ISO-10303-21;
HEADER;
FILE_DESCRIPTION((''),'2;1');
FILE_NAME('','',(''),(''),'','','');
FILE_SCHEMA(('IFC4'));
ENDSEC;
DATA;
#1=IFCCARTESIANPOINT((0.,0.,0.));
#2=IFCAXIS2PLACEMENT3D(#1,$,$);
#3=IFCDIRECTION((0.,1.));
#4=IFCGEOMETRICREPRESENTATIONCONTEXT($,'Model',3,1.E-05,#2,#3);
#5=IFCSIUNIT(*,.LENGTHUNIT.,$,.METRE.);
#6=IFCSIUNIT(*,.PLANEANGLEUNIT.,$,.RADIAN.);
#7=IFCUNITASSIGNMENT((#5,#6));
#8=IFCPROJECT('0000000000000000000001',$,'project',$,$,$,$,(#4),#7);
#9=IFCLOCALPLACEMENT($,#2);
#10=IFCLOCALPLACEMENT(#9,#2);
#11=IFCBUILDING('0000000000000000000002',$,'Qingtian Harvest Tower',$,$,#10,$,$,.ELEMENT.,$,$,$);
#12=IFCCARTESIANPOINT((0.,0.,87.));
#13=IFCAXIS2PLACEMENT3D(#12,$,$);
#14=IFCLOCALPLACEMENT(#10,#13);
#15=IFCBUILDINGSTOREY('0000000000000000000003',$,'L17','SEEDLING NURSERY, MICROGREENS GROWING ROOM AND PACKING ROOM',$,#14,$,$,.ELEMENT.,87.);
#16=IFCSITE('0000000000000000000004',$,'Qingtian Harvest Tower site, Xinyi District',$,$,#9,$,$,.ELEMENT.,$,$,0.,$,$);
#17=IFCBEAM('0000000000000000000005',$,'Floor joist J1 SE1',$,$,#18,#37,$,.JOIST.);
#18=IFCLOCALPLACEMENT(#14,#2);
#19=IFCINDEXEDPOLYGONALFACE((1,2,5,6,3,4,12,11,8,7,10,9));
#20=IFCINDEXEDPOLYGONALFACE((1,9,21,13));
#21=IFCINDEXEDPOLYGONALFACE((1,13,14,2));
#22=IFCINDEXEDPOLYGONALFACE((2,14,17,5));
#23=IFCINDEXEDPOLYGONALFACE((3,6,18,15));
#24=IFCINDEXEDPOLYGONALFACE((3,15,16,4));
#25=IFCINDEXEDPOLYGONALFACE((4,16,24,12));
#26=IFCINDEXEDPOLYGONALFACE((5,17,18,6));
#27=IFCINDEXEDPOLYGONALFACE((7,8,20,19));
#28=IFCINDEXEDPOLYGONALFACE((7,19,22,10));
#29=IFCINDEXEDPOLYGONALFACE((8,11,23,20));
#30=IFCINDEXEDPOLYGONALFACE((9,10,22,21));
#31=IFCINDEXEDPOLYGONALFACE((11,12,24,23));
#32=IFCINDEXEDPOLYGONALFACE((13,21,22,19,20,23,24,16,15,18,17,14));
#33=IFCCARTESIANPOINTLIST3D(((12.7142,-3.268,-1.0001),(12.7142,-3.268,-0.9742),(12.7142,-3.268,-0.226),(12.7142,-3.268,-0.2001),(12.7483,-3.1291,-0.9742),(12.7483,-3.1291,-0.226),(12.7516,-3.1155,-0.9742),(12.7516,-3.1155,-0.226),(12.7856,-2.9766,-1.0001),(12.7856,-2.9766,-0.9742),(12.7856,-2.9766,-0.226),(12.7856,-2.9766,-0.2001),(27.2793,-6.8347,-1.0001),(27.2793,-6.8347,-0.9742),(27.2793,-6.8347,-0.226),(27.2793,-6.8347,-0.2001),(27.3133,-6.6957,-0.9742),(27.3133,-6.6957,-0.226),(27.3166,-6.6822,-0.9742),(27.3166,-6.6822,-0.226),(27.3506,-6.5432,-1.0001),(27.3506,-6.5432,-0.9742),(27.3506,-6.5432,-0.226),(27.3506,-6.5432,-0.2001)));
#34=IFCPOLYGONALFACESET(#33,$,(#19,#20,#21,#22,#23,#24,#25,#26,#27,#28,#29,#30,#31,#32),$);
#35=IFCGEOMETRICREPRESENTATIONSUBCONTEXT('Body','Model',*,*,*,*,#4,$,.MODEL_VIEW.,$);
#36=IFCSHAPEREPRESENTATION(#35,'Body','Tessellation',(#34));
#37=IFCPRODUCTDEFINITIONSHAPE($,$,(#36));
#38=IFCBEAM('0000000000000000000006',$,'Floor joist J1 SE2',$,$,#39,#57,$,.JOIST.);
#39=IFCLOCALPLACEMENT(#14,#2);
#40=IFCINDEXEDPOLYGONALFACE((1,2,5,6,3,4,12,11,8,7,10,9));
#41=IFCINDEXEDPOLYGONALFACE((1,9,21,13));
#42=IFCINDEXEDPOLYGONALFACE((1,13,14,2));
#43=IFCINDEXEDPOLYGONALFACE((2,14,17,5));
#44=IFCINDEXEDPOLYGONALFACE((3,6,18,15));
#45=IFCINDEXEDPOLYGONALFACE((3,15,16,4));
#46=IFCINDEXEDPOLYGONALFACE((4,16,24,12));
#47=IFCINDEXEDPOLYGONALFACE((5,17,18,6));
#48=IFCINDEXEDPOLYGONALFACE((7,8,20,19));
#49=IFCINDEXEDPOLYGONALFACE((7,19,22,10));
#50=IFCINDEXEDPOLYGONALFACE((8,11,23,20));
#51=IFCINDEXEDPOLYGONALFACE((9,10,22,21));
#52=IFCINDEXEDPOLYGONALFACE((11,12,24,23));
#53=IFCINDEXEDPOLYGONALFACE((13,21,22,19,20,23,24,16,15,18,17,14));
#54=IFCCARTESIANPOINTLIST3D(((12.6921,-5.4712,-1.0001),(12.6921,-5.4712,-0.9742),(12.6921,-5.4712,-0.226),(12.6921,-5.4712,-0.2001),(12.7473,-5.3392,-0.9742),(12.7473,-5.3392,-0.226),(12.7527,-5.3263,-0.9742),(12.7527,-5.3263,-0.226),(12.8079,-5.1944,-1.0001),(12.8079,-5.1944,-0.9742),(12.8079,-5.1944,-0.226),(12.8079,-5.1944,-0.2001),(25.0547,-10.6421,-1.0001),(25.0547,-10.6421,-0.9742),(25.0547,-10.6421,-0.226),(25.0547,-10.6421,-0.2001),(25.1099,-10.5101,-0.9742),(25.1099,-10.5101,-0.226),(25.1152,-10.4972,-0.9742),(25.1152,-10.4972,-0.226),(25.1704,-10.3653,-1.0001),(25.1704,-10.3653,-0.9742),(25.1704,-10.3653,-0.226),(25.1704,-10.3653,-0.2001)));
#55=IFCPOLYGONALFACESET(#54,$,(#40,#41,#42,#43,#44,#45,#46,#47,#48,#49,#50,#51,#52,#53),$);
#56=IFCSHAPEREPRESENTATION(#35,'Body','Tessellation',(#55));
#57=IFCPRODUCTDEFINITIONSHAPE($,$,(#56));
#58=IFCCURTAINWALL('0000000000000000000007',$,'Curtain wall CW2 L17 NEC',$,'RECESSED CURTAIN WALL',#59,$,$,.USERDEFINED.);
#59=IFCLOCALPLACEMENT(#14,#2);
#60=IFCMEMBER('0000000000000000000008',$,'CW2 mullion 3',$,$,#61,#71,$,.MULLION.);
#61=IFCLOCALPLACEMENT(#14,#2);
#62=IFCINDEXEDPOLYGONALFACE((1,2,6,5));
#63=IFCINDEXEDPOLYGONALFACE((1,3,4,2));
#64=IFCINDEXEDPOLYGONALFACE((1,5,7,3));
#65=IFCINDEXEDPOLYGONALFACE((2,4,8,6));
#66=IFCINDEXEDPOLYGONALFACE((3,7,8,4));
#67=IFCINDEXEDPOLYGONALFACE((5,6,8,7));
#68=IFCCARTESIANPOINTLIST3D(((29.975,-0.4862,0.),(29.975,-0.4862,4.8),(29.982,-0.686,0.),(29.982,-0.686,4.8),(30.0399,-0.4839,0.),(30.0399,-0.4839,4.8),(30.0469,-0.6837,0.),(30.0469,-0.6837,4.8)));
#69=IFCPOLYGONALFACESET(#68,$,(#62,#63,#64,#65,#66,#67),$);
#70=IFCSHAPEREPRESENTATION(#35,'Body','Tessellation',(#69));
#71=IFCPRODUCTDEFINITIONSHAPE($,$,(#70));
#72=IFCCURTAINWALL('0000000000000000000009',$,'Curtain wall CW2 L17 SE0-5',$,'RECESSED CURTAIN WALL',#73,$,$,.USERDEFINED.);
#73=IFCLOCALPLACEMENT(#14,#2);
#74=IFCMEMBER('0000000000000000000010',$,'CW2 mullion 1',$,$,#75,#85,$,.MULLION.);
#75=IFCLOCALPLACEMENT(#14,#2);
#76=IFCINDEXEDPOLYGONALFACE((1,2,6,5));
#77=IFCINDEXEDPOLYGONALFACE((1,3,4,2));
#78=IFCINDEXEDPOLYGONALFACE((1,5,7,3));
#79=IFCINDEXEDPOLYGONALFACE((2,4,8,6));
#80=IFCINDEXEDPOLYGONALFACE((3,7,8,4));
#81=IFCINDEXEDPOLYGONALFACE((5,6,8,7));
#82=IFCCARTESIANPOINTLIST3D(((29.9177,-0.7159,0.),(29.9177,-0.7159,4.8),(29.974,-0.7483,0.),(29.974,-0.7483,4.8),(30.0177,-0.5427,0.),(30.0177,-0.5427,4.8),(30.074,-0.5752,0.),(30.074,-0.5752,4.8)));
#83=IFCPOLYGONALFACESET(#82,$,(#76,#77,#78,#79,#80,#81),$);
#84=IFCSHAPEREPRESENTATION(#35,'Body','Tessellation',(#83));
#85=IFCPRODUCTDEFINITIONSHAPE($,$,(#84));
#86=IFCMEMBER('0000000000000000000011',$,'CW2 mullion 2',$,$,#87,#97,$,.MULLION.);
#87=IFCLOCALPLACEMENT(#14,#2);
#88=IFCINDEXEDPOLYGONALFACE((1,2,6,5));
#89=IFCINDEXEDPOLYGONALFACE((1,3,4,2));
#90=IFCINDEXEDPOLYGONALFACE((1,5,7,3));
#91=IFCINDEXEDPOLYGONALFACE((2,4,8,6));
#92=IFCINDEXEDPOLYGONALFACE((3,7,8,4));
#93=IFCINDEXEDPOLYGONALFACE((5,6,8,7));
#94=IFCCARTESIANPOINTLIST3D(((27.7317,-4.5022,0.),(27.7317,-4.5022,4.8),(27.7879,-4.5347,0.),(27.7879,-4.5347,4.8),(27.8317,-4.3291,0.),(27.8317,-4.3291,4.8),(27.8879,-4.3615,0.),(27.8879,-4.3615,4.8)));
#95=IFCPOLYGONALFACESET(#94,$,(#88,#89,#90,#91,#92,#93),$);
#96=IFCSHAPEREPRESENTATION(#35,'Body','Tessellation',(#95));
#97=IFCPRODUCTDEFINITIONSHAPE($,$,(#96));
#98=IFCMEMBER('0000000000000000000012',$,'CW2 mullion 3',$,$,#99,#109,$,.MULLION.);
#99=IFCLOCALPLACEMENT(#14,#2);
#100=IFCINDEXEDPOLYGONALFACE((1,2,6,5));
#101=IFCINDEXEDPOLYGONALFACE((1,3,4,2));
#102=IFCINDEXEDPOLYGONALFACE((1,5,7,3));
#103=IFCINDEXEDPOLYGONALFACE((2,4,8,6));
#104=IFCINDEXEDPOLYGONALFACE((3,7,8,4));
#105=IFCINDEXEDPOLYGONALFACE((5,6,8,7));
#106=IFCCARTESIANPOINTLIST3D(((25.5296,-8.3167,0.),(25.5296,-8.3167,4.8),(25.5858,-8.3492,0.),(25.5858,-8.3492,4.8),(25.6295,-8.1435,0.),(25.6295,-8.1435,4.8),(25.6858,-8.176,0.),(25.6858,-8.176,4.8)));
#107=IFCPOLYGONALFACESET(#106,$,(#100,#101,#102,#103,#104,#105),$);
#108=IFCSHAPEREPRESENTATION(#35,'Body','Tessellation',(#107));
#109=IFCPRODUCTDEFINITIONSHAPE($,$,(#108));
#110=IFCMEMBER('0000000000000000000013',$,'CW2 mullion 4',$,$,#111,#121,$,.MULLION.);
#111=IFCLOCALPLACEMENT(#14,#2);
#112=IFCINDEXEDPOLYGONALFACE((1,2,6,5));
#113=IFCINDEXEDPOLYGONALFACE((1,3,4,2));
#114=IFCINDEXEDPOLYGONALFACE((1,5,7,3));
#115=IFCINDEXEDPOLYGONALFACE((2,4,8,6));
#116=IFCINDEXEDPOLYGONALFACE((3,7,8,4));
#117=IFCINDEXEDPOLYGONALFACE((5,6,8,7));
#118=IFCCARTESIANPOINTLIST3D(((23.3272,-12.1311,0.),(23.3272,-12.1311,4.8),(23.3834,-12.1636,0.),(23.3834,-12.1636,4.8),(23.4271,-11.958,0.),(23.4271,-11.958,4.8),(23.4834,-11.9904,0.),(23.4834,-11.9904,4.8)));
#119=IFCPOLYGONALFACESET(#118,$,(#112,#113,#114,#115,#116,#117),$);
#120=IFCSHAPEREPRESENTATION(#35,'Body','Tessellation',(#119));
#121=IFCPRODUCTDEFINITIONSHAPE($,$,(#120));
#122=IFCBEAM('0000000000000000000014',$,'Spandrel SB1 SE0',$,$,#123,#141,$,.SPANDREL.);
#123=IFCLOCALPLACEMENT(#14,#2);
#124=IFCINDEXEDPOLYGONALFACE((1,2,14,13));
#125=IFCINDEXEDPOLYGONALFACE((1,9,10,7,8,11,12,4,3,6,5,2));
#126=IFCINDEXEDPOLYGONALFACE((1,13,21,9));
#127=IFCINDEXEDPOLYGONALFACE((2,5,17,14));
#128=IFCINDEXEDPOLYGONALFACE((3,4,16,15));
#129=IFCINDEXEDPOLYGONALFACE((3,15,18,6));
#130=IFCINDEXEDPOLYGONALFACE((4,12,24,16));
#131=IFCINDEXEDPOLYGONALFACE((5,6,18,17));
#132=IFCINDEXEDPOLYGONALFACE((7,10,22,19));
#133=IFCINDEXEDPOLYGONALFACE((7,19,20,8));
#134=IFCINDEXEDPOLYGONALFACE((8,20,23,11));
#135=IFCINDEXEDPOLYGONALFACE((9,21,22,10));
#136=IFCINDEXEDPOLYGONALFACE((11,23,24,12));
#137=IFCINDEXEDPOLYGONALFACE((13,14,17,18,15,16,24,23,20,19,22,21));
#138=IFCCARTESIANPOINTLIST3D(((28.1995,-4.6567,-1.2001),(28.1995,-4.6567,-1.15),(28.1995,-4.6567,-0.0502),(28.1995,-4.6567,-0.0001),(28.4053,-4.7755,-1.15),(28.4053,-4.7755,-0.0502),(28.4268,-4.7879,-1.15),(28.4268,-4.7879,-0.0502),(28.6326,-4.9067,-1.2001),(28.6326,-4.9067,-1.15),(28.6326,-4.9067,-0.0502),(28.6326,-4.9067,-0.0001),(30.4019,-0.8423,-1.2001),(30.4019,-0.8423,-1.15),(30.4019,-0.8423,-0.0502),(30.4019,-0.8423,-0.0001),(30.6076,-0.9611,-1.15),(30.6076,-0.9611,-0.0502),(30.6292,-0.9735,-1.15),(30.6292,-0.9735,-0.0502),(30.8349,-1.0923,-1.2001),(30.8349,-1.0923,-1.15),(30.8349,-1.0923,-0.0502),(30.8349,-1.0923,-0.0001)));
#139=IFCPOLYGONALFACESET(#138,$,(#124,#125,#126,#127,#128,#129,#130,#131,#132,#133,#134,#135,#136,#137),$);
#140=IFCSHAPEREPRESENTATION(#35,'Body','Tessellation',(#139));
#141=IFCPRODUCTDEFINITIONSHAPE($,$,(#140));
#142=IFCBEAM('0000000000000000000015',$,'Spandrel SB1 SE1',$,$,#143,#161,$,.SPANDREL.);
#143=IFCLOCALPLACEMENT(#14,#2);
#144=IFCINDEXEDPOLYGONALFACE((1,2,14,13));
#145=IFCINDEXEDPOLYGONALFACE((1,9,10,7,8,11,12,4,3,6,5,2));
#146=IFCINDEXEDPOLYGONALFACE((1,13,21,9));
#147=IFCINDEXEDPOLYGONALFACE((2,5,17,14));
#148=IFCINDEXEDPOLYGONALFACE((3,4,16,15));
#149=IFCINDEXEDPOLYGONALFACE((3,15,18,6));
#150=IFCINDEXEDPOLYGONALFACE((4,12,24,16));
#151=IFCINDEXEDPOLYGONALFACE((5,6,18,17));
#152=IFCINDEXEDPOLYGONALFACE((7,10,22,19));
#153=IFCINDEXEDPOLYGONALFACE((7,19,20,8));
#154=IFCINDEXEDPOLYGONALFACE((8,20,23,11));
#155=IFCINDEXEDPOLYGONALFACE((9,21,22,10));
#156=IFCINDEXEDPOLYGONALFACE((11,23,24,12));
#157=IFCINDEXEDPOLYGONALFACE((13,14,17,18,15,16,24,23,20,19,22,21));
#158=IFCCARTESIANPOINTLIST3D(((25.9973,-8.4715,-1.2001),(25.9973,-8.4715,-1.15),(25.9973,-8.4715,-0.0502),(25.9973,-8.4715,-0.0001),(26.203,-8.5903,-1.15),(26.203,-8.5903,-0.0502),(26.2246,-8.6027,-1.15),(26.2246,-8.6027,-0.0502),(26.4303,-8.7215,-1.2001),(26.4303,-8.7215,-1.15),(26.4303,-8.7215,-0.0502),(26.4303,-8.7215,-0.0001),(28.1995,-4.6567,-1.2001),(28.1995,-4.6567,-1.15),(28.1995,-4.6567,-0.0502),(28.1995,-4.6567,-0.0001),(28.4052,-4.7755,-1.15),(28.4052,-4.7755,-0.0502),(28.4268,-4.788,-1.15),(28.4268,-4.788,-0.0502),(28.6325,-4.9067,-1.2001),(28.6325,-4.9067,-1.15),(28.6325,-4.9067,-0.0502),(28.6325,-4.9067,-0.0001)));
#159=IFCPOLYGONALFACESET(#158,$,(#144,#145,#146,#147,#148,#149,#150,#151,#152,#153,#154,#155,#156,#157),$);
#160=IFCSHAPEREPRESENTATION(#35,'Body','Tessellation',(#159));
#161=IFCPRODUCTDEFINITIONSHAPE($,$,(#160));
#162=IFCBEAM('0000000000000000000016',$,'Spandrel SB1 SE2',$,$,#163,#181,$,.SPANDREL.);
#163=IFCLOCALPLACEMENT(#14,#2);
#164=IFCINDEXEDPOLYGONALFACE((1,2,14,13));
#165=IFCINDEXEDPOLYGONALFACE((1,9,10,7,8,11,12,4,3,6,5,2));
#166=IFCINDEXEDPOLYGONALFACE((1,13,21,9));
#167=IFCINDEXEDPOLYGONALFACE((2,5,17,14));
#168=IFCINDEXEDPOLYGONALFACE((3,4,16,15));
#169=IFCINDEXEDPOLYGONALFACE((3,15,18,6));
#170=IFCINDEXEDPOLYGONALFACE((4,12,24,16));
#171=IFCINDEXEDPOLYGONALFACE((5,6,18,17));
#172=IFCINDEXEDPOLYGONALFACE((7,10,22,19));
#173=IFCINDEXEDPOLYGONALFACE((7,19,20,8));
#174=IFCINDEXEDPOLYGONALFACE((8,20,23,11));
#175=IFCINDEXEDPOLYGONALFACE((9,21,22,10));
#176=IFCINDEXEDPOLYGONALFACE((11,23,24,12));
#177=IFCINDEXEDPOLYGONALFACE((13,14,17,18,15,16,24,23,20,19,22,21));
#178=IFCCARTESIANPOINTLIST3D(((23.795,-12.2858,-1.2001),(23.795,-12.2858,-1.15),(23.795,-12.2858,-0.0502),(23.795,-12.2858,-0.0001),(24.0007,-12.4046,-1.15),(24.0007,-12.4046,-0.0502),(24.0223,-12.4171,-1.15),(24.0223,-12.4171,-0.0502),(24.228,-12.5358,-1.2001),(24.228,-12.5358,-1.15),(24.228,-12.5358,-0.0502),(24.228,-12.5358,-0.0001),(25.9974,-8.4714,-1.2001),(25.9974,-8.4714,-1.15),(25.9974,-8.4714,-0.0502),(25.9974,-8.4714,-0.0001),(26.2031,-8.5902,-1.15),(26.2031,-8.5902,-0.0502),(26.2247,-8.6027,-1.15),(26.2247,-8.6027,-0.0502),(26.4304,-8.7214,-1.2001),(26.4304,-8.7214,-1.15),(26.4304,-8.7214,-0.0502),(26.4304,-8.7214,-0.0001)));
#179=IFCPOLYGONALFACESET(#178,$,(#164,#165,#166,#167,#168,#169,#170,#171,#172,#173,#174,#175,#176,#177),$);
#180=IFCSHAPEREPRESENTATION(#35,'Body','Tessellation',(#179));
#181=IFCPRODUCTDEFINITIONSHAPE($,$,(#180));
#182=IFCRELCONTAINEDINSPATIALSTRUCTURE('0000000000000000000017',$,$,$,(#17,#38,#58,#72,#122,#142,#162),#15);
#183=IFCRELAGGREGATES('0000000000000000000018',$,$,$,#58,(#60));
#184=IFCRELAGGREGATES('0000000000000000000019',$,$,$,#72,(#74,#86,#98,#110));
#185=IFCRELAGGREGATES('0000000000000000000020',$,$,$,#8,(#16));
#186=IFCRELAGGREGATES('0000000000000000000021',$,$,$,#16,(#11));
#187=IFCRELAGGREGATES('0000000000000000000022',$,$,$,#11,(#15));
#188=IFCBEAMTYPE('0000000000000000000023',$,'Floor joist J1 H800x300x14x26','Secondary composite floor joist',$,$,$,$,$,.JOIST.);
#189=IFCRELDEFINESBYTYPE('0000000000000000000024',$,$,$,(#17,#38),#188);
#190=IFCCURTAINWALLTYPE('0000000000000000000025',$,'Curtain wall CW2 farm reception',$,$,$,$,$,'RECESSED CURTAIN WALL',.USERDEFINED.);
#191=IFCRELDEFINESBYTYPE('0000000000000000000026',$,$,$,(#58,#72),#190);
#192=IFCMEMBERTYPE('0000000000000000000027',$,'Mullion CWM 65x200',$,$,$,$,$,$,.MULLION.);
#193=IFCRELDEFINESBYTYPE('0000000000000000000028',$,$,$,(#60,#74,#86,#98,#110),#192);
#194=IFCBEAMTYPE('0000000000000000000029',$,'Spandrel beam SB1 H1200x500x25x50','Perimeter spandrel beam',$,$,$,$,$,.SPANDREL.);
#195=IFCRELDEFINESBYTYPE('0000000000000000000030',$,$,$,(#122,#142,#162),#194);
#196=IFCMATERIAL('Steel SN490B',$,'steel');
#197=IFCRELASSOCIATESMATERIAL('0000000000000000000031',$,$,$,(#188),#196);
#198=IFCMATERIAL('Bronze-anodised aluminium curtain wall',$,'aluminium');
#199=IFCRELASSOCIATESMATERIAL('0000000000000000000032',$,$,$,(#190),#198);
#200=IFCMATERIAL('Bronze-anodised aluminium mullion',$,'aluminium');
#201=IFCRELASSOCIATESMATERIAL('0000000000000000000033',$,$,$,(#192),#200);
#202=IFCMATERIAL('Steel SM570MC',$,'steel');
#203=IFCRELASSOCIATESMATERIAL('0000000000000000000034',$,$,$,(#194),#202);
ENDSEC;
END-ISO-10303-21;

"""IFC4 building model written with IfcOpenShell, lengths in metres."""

from ifc_helpers import new_model, si_unit, direction, frame, origin, origin_2d, place, context, subcontext, project, spatial, rectangle, i_section, extrude, material, material_profile, profile_set, type_object, element, aggregate, save


model = new_model("IFC4")

# Units and contexts
model_context = context("Model", 3, precision=1e-05, world=origin(), true_north=direction((0.0, 1.0)))
body_context = subcontext(model_context, "Body", "Model", "MODEL_VIEW")
ifc_project = project(units=[si_unit("LENGTHUNIT", "METRE"), si_unit("PLANEANGLEUNIT", "RADIAN")], contexts=[model_context])

# Site, building, storey
site_placement = place(None, origin())
site = spatial("IfcSite", under=ifc_project, at=site_placement, Name="Qingtian Harvest Tower site, Xinyi District", CompositionType="ELEMENT", RefElevation=0.0)
building_placement = place(site_placement, origin())
building = spatial("IfcBuilding", under=site, at=building_placement, Name="Qingtian Harvest Tower", CompositionType="ELEMENT")
storey_placement = place(building_placement, frame((0.0, 0.0, 87.0)))
storey = spatial("IfcBuildingStorey", under=building, at=storey_placement, Name="L17", Description="SEEDLING NURSERY, MICROGREENS GROWING ROOM AND PACKING ROOM", CompositionType="ELEMENT", Elevation=87.0)

# Beams
ifc_material_1 = material(Name="Steel SN490B", Category="steel")
ifc_material_profile_1 = material_profile(ifc_material_1, i_section(OverallWidth=0.3, OverallDepth=0.8, WebThickness=0.0139, FlangeThickness=0.0259, at=origin_2d()), Name="H800x300x14x26")
ifc_profile_set_1 = profile_set([ifc_material_profile_1], Name="Steel SN490B")
beam_type_1 = type_object("IfcBeamType", Name="Floor joist J1 H800x300x14x26", Description="Secondary composite floor joist", PredefinedType="JOIST", material=ifc_profile_set_1)
beam_1_placement = place(storey_placement, frame((27.3149, -6.689, -0.6001), z_axis=(-0.971302, 0.237851, 0.0), x_axis=(-0.237851, -0.971302, 0.0)))
element("IfcBeam", 1, at=beam_1_placement, inside=storey, type_object=beam_type_1, Name="Floor joist J1 SE1", PredefinedType="JOIST", context=body_context, shape_type="SweptSolid", body=[
    extrude(i_section(OverallWidth=0.3, OverallDepth=0.8, WebThickness=0.0139, FlangeThickness=0.0259, at=origin_2d()), origin(), (0.0, 0.0, 1.0), 14.9954),
])
beam_2_placement = place(storey_placement, frame((25.1125, -10.5037, -0.6001), z_axis=(-0.922551, 0.385876, 0.0), x_axis=(-0.385876, -0.922551, 0.0)))
element("IfcBeam", 2, at=beam_2_placement, inside=storey, type_object=beam_type_1, Name="Floor joist J1 SE2", PredefinedType="JOIST", context=body_context, shape_type="SweptSolid", body=[
    extrude(i_section(OverallWidth=0.3, OverallDepth=0.8, WebThickness=0.0139, FlangeThickness=0.0259, at=origin_2d()), origin(), (0.0, 0.0, 1.0), 13.4004),
])

# Curtain wall, member
ifc_material_2 = material(Name="Bronze-anodised aluminium curtain wall", Category="aluminium")
curtain_wall_type = type_object("IfcCurtainWallType", Name="Curtain wall CW2 farm reception", ElementType="RECESSED CURTAIN WALL", PredefinedType="USERDEFINED", material=ifc_material_2)
curtain_wall_1_placement = place(storey_placement, origin())
curtain_wall_1 = element("IfcCurtainWall", 3, at=curtain_wall_1_placement, inside=storey, type_object=curtain_wall_type, Name="Curtain wall CW2 L17 NEC", ObjectType="RECESSED CURTAIN WALL", PredefinedType="USERDEFINED")
ifc_material_3 = material(Name="Bronze-anodised aluminium mullion", Category="aluminium")
ifc_material_profile_2 = material_profile(ifc_material_3, rectangle(XDim=0.0649, YDim=0.2, at=origin_2d()), Name="AL 65x200")
ifc_profile_set_2 = profile_set([ifc_material_profile_2], Name="Bronze-anodised aluminium mullion")
member_type_1 = type_object("IfcMemberType", Name="Mullion CWM 65x200", PredefinedType="MULLION", material=ifc_profile_set_2)
member_1_placement = place(storey_placement, frame((30.011, -0.585, 0.0), z_axis=(0.0, 0.0, 1.0), x_axis=(0.999391, 0.034899, 0.0)))
member_1 = element("IfcMember", 4, at=member_1_placement, type_object=member_type_1, Name="CW2 mullion 3", PredefinedType="MULLION", context=body_context, shape_type="SweptSolid", body=[
    extrude(rectangle(XDim=0.0649, YDim=0.2, at=origin_2d()), origin(), (0.0, 0.0, 1.0), 4.8),
])
aggregate(curtain_wall_1, [member_1])

# Curtain wall, members
curtain_wall_2_placement = place(storey_placement, origin())
curtain_wall_2 = element("IfcCurtainWall", 5, at=curtain_wall_2_placement, inside=storey, type_object=curtain_wall_type, Name="Curtain wall CW2 L17 SE0-5", ObjectType="RECESSED CURTAIN WALL", PredefinedType="USERDEFINED")
member_2_placement = place(storey_placement, frame((29.9958, -0.6455, 0.0), z_axis=(0.0, 0.0, 1.0), x_axis=(0.866025, -0.5, 0.0)))
member_2 = element("IfcMember", 6, at=member_2_placement, type_object=member_type_1, Name="CW2 mullion 1", PredefinedType="MULLION", context=body_context, shape_type="SweptSolid", body=[
    extrude(rectangle(XDim=0.0649, YDim=0.2, at=origin_2d()), origin(), (0.0, 0.0, 1.0), 4.8),
])
member_3_placement = place(storey_placement, frame((27.8098, -4.4319, 0.0), z_axis=(0.0, 0.0, 1.0), x_axis=(0.866025, -0.5, 0.0)))
member_3 = element("IfcMember", 7, at=member_3_placement, type_object=member_type_1, Name="CW2 mullion 2", PredefinedType="MULLION", context=body_context, shape_type="SweptSolid", body=[
    extrude(rectangle(XDim=0.0649, YDim=0.2, at=origin_2d()), origin(), (0.0, 0.0, 1.0), 4.8),
])
member_4_placement = place(storey_placement, frame((25.6077, -8.2463, 0.0), z_axis=(0.0, 0.0, 1.0), x_axis=(0.866025, -0.5, 0.0)))
member_4 = element("IfcMember", 8, at=member_4_placement, type_object=member_type_1, Name="CW2 mullion 3", PredefinedType="MULLION", context=body_context, shape_type="SweptSolid", body=[
    extrude(rectangle(XDim=0.0649, YDim=0.2, at=origin_2d()), origin(), (0.0, 0.0, 1.0), 4.8),
])
member_5_placement = place(storey_placement, frame((23.4053, -12.0608, 0.0), z_axis=(0.0, 0.0, 1.0), x_axis=(0.866025, -0.5, 0.0)))
member_5 = element("IfcMember", 9, at=member_5_placement, type_object=member_type_1, Name="CW2 mullion 4", PredefinedType="MULLION", context=body_context, shape_type="SweptSolid", body=[
    extrude(rectangle(XDim=0.0649, YDim=0.2, at=origin_2d()), origin(), (0.0, 0.0, 1.0), 4.8),
])

# Beams
ifc_material_4 = material(Name="Steel SM570MC", Category="steel")
ifc_material_profile_3 = material_profile(ifc_material_4, i_section(OverallWidth=0.5, OverallDepth=1.2, WebThickness=0.0249, FlangeThickness=0.05, at=origin_2d()), Name="H1200x500x25x50")
ifc_profile_set_3 = profile_set([ifc_material_profile_3], Name="Steel SM570MC")
beam_type_2 = type_object("IfcBeamType", Name="Spandrel beam SB1 H1200x500x25x50", Description="Perimeter spandrel beam", PredefinedType="SPANDREL", material=ifc_profile_set_3)
beam_3_placement = place(storey_placement, frame((30.6184, -0.9673, -0.6001), z_axis=(-0.50002, -0.866014, 0.0), x_axis=(0.866014, -0.50002, 0.0)))
element("IfcBeam", 10, at=beam_3_placement, inside=storey, type_object=beam_type_2, Name="Spandrel SB1 SE0", PredefinedType="SPANDREL", context=body_context, shape_type="SweptSolid", body=[
    extrude(i_section(OverallWidth=0.5, OverallDepth=1.2, WebThickness=0.0249, FlangeThickness=0.05, at=origin_2d()), origin(), (0.0, 0.0, 1.0), 4.4045),
])
beam_4_placement = place(storey_placement, frame((28.416, -4.7817, -0.6001), z_axis=(-0.499954, -0.866052, 0.0), x_axis=(0.866052, -0.499954, 0.0)))
element("IfcBeam", 11, at=beam_4_placement, inside=storey, type_object=beam_type_2, Name="Spandrel SB1 SE1", PredefinedType="SPANDREL", context=body_context, shape_type="SweptSolid", body=[
    extrude(i_section(OverallWidth=0.5, OverallDepth=1.2, WebThickness=0.0249, FlangeThickness=0.05, at=origin_2d()), origin(), (0.0, 0.0, 1.0), 4.4048),
])
for number, where, z_axis, x_axis, name in (
    (12, (26.2139, -8.5964, -0.6001), (-0.50002, -0.866014, 0.0), (0.866014, -0.50002, 0.0), "Spandrel SB1 SE2"),
):
    element("IfcBeam", number, at=place(storey_placement, frame(where, z_axis=z_axis, x_axis=x_axis)), inside=storey, type_object=beam_type_2, Name=name, PredefinedType="SPANDREL", context=body_context, shape_type="SweptSolid", body=[
        extrude(i_section(OverallWidth=0.5, OverallDepth=1.2, WebThickness=0.0249, FlangeThickness=0.05, at=origin_2d()), origin(), (0.0, 0.0, 1.0), 4.4045),
    ])

aggregate(curtain_wall_2, [member_2, member_3, member_4, member_5])

save(model, "model.ifc")
